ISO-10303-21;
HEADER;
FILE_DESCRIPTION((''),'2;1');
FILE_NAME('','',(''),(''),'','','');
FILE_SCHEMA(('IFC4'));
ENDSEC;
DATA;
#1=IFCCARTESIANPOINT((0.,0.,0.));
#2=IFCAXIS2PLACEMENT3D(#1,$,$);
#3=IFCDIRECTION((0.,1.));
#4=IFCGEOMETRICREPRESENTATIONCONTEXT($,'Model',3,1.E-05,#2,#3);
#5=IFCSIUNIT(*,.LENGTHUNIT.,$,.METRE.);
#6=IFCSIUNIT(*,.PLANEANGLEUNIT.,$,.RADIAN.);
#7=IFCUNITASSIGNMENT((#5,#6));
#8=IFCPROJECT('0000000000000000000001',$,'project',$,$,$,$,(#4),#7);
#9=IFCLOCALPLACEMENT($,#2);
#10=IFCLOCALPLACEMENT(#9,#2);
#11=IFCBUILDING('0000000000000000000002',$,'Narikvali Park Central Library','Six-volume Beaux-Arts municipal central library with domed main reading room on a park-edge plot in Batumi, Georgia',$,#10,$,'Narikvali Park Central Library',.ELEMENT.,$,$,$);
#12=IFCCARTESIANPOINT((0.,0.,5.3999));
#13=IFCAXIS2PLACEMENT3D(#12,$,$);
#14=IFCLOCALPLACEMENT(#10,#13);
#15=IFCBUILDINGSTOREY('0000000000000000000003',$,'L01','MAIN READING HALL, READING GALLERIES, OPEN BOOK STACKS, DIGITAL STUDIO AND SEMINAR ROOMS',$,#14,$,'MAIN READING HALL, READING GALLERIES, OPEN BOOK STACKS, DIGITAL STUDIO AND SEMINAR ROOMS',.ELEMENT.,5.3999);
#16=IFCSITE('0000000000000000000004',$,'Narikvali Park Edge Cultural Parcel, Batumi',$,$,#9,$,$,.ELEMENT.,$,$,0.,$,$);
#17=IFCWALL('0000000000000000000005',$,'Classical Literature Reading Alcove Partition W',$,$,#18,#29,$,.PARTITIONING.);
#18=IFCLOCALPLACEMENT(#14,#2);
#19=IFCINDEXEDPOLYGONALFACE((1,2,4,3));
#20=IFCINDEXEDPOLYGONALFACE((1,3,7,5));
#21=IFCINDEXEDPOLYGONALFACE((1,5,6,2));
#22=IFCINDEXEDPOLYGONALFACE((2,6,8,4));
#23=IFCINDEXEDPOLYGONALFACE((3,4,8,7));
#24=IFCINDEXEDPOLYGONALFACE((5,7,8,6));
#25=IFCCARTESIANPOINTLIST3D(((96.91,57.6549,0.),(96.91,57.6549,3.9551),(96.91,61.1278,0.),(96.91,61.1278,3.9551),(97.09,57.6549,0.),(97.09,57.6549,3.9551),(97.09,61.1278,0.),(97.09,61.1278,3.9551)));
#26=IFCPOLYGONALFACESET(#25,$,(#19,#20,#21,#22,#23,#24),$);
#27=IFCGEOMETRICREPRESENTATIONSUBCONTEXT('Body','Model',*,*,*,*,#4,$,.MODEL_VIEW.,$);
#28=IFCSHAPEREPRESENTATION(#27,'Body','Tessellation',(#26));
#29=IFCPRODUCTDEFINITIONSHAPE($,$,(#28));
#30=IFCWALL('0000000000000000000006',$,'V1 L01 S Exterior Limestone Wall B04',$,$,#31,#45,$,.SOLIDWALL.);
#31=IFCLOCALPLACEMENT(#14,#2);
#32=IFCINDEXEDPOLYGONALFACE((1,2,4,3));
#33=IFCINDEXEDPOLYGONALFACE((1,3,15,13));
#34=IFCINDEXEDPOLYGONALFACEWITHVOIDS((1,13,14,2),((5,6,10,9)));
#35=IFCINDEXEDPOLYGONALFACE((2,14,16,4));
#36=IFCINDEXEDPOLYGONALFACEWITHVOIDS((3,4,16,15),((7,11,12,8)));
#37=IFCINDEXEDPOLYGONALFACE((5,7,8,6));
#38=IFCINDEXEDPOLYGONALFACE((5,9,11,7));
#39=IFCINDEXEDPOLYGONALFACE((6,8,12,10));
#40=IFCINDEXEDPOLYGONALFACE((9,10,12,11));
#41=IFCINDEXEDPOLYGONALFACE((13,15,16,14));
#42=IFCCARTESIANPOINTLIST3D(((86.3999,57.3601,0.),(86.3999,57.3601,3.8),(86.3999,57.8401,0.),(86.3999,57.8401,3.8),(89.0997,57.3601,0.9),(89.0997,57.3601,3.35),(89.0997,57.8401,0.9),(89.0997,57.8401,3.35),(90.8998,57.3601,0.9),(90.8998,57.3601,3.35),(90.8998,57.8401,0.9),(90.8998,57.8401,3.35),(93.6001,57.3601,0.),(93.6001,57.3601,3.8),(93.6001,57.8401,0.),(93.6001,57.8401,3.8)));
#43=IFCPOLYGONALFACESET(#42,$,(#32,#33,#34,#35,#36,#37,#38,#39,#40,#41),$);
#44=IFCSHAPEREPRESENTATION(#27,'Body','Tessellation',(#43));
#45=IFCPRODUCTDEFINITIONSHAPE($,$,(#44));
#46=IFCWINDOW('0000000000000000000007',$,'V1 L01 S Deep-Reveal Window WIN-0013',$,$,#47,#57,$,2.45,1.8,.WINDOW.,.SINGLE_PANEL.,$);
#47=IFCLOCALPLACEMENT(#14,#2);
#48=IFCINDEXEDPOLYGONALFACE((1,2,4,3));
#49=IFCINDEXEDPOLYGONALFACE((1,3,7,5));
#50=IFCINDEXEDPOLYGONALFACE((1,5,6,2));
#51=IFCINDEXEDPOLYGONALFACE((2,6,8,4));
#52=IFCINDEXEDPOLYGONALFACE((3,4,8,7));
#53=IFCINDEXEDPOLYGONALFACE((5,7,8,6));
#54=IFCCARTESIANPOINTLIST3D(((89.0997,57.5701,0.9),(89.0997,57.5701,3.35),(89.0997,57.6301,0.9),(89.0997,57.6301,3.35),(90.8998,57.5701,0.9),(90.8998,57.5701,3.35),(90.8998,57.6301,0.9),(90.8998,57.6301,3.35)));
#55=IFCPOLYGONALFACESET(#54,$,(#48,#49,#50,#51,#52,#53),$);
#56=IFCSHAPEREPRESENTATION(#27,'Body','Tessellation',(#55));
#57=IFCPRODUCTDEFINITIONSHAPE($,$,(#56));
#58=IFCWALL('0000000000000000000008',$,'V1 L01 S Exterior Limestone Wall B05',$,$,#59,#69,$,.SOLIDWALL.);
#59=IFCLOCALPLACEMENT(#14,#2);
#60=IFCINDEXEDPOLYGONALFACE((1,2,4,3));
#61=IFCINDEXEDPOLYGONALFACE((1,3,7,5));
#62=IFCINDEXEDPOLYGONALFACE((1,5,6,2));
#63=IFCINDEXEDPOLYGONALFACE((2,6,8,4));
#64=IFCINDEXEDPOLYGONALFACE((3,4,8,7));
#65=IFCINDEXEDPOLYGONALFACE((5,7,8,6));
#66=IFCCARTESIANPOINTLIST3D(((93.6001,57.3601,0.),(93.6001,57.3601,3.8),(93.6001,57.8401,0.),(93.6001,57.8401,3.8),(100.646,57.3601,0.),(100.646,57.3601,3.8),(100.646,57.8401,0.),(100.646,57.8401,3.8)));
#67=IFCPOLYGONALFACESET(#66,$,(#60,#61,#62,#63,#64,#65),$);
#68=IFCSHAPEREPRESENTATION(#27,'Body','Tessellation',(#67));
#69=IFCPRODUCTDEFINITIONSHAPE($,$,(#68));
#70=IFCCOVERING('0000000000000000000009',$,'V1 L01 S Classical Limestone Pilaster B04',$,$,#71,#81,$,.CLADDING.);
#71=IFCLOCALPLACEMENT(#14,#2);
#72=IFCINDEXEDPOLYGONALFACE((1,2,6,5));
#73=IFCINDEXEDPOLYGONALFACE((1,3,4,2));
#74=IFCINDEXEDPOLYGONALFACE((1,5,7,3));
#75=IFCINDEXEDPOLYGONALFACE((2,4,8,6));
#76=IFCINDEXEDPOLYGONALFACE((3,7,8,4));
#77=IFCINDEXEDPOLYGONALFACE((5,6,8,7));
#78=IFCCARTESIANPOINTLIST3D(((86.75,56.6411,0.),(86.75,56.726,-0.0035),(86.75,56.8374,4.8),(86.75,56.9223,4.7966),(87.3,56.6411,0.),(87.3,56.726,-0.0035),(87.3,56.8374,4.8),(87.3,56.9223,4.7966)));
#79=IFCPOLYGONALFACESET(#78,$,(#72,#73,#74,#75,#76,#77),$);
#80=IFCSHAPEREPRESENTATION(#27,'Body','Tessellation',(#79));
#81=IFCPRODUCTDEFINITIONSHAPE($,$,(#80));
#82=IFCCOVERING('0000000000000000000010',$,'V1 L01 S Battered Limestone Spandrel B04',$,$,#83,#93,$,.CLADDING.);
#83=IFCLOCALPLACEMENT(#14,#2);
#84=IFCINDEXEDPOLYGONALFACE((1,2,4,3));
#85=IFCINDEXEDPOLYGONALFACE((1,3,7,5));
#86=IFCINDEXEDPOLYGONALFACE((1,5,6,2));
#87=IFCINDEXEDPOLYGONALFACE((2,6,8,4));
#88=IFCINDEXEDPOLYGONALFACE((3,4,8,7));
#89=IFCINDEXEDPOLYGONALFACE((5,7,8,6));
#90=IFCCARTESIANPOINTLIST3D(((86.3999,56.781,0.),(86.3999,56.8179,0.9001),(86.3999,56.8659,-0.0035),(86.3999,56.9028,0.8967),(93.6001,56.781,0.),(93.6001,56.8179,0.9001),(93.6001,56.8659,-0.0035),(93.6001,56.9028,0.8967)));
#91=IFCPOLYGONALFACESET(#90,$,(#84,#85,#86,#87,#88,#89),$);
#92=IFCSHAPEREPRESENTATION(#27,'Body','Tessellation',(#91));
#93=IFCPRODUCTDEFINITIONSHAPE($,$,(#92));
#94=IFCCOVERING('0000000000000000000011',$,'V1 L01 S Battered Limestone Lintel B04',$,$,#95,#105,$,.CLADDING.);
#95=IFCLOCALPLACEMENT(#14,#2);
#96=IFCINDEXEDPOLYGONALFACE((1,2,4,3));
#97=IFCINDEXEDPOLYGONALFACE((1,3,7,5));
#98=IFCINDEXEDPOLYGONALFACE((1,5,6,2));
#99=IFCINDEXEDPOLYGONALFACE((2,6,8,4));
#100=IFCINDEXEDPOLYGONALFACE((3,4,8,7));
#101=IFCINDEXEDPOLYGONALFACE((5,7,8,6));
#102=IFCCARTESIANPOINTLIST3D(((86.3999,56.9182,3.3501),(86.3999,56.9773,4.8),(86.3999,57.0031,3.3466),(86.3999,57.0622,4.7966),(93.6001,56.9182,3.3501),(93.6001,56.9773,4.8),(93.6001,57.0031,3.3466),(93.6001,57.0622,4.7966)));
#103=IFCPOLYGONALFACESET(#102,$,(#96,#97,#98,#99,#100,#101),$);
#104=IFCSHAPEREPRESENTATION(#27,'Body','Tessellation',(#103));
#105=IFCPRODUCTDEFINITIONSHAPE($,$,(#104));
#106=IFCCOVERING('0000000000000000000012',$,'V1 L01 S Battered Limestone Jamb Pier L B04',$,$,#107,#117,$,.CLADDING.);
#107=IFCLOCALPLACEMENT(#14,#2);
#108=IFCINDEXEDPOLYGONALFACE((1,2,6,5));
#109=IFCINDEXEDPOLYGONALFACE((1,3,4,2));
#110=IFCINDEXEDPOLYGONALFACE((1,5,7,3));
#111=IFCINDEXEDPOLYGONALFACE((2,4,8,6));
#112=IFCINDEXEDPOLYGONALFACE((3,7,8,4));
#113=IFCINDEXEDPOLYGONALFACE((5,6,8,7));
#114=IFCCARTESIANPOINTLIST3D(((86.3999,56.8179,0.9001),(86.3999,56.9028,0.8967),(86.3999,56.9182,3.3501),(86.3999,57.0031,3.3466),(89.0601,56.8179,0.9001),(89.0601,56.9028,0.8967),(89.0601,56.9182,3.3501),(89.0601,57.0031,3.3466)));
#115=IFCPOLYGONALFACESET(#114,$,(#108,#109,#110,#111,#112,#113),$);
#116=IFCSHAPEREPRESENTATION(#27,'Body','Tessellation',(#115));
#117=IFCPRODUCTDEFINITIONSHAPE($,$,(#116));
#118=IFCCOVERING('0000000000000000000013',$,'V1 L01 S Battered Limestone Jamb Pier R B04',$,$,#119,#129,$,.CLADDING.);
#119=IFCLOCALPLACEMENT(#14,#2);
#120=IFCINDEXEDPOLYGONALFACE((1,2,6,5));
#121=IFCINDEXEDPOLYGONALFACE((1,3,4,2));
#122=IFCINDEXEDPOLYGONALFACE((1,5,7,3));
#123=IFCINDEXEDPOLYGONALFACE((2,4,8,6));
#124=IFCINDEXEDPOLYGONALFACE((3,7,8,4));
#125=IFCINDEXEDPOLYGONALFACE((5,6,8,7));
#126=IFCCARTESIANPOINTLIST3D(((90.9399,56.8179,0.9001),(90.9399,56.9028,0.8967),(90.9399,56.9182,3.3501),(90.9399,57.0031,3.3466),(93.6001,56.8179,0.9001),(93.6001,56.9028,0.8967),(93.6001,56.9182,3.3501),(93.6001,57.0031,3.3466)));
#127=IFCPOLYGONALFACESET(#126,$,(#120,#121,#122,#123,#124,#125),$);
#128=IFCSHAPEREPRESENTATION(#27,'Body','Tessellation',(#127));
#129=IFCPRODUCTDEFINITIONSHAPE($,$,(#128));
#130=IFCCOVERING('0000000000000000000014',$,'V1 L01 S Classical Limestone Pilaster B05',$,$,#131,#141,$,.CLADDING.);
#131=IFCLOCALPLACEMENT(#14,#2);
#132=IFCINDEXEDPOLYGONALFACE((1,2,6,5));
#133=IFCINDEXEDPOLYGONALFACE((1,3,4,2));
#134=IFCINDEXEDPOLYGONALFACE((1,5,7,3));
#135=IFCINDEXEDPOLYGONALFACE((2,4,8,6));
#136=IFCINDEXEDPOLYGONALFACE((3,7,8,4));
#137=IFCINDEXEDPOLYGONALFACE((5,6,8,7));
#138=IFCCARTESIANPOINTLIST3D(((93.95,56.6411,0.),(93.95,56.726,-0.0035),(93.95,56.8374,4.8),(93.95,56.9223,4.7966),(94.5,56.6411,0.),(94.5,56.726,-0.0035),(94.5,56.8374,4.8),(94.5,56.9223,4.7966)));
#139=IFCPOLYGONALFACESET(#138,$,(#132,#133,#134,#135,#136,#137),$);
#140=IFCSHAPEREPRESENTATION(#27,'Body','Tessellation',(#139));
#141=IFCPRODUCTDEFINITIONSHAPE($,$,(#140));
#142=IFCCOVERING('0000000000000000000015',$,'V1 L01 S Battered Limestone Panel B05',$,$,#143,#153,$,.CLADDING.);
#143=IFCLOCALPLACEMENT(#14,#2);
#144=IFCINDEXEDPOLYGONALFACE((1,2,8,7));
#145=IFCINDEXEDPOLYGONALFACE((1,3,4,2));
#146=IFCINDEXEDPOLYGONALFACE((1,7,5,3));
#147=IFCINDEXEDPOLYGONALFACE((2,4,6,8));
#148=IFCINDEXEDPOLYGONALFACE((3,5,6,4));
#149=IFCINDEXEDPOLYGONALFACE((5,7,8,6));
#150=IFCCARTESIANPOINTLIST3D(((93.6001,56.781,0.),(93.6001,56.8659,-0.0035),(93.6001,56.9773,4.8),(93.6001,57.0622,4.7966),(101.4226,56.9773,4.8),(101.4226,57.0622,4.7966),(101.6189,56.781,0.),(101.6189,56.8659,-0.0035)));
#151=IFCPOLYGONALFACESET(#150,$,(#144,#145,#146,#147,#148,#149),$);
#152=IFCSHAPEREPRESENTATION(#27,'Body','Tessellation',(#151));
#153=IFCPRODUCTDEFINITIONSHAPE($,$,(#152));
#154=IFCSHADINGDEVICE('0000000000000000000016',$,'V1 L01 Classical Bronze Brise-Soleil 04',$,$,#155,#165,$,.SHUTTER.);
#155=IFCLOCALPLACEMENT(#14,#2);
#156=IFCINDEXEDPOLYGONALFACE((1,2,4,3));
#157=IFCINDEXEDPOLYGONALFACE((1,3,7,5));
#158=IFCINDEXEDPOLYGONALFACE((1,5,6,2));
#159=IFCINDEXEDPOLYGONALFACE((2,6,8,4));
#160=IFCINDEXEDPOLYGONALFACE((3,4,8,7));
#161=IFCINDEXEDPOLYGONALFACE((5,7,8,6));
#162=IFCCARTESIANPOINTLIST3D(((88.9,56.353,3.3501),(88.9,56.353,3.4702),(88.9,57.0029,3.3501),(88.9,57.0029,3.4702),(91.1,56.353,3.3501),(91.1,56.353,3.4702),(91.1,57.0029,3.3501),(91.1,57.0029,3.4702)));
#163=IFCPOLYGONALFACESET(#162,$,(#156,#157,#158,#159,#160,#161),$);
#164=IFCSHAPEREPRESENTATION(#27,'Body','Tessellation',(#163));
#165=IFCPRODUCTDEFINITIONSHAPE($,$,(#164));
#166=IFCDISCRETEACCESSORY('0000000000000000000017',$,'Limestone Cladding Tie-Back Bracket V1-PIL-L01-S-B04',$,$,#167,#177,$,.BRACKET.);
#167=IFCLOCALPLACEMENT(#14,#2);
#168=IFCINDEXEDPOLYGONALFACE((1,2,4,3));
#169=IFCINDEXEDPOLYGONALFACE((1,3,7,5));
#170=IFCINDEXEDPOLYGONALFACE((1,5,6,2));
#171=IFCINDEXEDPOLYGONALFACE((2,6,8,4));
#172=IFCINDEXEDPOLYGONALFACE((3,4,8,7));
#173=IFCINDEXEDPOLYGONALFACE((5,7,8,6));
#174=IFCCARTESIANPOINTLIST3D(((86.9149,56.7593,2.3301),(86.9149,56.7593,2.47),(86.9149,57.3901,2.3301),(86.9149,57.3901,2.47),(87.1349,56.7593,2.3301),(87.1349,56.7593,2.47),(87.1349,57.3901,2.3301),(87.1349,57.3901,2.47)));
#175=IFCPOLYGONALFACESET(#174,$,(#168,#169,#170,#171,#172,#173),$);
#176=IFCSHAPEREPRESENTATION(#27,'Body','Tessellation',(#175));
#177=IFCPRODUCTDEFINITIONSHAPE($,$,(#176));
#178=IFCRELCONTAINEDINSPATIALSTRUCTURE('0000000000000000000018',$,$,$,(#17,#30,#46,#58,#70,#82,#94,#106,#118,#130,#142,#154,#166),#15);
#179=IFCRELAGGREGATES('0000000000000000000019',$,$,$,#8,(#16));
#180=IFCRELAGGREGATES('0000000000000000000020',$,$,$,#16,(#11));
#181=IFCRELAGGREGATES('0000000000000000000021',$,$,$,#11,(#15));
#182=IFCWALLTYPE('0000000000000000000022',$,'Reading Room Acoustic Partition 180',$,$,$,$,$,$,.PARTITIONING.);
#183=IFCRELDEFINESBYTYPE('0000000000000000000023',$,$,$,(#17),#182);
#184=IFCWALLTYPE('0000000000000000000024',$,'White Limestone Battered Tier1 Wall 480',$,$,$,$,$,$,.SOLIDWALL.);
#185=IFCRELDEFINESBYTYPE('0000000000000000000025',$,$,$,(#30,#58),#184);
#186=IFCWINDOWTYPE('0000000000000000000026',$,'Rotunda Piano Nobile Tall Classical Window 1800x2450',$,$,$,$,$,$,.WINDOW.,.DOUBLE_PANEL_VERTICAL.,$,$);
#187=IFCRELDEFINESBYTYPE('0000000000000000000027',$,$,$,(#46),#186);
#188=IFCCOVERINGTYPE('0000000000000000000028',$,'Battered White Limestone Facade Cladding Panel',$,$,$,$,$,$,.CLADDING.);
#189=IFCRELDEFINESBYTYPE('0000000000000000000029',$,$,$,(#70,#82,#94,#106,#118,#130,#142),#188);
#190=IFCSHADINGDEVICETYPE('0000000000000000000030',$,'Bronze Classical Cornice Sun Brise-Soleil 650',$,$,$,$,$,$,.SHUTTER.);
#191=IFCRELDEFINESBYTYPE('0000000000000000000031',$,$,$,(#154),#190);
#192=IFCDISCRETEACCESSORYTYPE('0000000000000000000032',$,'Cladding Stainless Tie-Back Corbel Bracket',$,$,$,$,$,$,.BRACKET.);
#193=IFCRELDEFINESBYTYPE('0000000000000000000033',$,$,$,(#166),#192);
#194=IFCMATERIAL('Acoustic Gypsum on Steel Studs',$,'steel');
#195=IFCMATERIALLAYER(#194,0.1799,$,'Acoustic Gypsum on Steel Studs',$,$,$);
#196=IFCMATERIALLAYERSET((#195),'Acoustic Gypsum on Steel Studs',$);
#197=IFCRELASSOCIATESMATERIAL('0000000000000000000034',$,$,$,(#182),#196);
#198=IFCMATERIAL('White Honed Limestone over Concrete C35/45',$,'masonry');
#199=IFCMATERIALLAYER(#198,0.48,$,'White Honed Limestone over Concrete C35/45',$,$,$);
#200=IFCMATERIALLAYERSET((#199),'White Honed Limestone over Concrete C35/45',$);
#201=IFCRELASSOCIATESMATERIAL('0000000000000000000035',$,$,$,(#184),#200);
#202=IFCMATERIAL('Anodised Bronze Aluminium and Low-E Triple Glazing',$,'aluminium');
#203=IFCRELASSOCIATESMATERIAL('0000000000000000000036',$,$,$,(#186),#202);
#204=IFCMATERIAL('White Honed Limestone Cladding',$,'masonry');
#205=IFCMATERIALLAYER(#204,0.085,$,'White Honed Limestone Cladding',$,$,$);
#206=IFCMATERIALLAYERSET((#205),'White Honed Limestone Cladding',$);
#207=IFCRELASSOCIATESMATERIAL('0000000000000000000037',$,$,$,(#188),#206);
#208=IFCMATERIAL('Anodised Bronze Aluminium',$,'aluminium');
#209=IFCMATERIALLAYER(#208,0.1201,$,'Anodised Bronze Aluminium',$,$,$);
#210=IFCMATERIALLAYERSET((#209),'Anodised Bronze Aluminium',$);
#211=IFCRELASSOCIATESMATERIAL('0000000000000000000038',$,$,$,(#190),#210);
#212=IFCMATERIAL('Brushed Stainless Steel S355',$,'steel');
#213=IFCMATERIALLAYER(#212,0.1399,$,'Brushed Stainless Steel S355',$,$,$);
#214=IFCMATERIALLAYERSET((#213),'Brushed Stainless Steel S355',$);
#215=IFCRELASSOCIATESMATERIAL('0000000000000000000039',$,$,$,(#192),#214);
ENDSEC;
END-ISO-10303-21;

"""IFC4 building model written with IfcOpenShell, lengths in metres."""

from ifc_helpers import new_model, si_unit, direction, frame, frame_2d, origin, origin_2d, place, context, subcontext, project, spatial, polyline, rectangle, outline, extrude, material, layer, layer_set, type_object, element, fill, save


model = new_model("IFC4")

# Units and contexts
model_context = context("Model", 3, precision=1e-05, world=origin(), true_north=direction((0.0, 1.0)))
body_context = subcontext(model_context, "Body", "Model", "MODEL_VIEW")
ifc_project = project(units=[si_unit("LENGTHUNIT", "METRE"), si_unit("PLANEANGLEUNIT", "RADIAN")], contexts=[model_context])

# Site, building, storey
site_placement = place(None, origin())
site = spatial("IfcSite", under=ifc_project, at=site_placement, Name="Narikvali Park Edge Cultural Parcel, Batumi", CompositionType="ELEMENT", RefElevation=0.0)
building_placement = place(site_placement, origin())
building = spatial("IfcBuilding", under=site, at=building_placement, Name="Narikvali Park Central Library", Description="Six-volume Beaux-Arts municipal central library with domed main reading room on a park-edge plot in Batumi, Georgia", LongName="Narikvali Park Central Library", CompositionType="ELEMENT")
storey_placement = place(building_placement, frame((0.0, 0.0, 5.3999)))
storey = spatial("IfcBuildingStorey", under=building, at=storey_placement, Name="L01", Description="MAIN READING HALL, READING GALLERIES, OPEN BOOK STACKS, DIGITAL STUDIO AND SEMINAR ROOMS", LongName="MAIN READING HALL, READING GALLERIES, OPEN BOOK STACKS, DIGITAL STUDIO AND SEMINAR ROOMS", CompositionType="ELEMENT", Elevation=5.3999)

# Wall
ifc_material_1 = material(Name="Acoustic Gypsum on Steel Studs", Category="steel")
ifc_layer_1 = layer(ifc_material_1, 0.1799, Name="Acoustic Gypsum on Steel Studs")
ifc_layer_set_1 = layer_set([ifc_layer_1], Name="Acoustic Gypsum on Steel Studs")
wall_type_1 = type_object("IfcWallType", Name="Reading Room Acoustic Partition 180", PredefinedType="PARTITIONING", material=ifc_layer_set_1)
wall_1_placement = place(storey_placement, frame((97.0, 57.655, 0.0), z_axis=(0.0, 0.0, 1.0), x_axis=(0.0, 1.0, 0.0)))
element("IfcWall", 1, at=wall_1_placement, inside=storey, type_object=wall_type_1, Name="Classical Literature Reading Alcove Partition W", PredefinedType="PARTITIONING", context=body_context, shape_type="SweptSolid", body=[
    extrude(rectangle(XDim=3.4729, YDim=0.1799, at=frame_2d((1.7363, 0.0))), origin(), (0.0, 0.0, 1.0), 3.9551),
])

# Wall, opening, window
ifc_material_2 = material(Name="White Honed Limestone over Concrete C35/45", Category="masonry")
ifc_layer_2 = layer(ifc_material_2, 0.48, Name="White Honed Limestone over Concrete C35/45")
ifc_layer_set_2 = layer_set([ifc_layer_2], Name="White Honed Limestone over Concrete C35/45")
wall_type_2 = type_object("IfcWallType", Name="White Limestone Battered Tier1 Wall 480", PredefinedType="SOLIDWALL", material=ifc_layer_set_2)
wall_2_placement = place(storey_placement, frame((86.3999, 57.6001, 0.0), z_axis=(0.0, 0.0, 1.0), x_axis=(1.0, 0.0, 0.0)))
wall_2 = element("IfcWall", 2, at=wall_2_placement, inside=storey, type_object=wall_type_2, Name="V1 L01 S Exterior Limestone Wall B04", PredefinedType="SOLIDWALL", context=body_context, shape_type="SweptSolid", body=[
    extrude(rectangle(XDim=7.2002, YDim=0.48, at=frame_2d((3.6001, 0.0))), origin(), (0.0, 0.0, 1.0), 3.8),
])
opening_placement = place(wall_2_placement, frame((2.7, 0.0, 0.8999)))
opening = element("IfcOpeningElement", 3, at=opening_placement, cuts=wall_2, PredefinedType="OPENING", context=body_context, shape_type="SweptSolid", body=[
    extrude(rectangle(XDim=1.8, YDim=2.45, at=frame_2d((0.8999, 1.2251))), frame((0.0, 0.252, 0.0), z_axis=(0.0, -1.0, 0.0), x_axis=(1.0, 0.0, 0.0)), (0.0, 0.0, 1.0), 0.5039),
])
ifc_material_3 = material(Name="Anodised Bronze Aluminium and Low-E Triple Glazing", Category="aluminium")
window_type = type_object("IfcWindowType", Name="Rotunda Piano Nobile Tall Classical Window 1800x2450", PartitioningType="DOUBLE_PANEL_VERTICAL", PredefinedType="WINDOW", material=ifc_material_3)
window_placement = place(opening_placement, origin())
window = element("IfcWindow", 4, at=window_placement, inside=storey, type_object=window_type, Name="V1 L01 S Deep-Reveal Window WIN-0013", OverallHeight=2.45, OverallWidth=1.8, PartitioningType="SINGLE_PANEL", PredefinedType="WINDOW", context=body_context, shape_type="SweptSolid", body=[
    extrude(rectangle(XDim=1.8, YDim=2.45, at=frame_2d((0.8999, 1.2251))), frame((0.0, 0.03, 0.0), z_axis=(0.0, -1.0, 0.0), x_axis=(1.0, 0.0, 0.0)), (0.0, 0.0, 1.0), 0.0601),
])
fill(opening, window)

# Wall
wall_3_placement = place(storey_placement, frame((93.6001, 57.6001, 0.0), z_axis=(0.0, 0.0, 1.0), x_axis=(1.0, 0.0, 0.0)))
element("IfcWall", 5, at=wall_3_placement, inside=storey, type_object=wall_type_2, Name="V1 L01 S Exterior Limestone Wall B05", PredefinedType="SOLIDWALL", context=body_context, shape_type="SweptSolid", body=[
    extrude(rectangle(XDim=7.0459, YDim=0.48, at=frame_2d((3.5229, 0.0))), origin(), (0.0, 0.0, 1.0), 3.8),
])

# Coverings
ifc_material_4 = material(Name="White Honed Limestone Cladding", Category="masonry")
ifc_layer_3 = layer(ifc_material_4, 0.085, Name="White Honed Limestone Cladding")
ifc_layer_set_3 = layer_set([ifc_layer_3], Name="White Honed Limestone Cladding")
covering_type = type_object("IfcCoveringType", Name="Battered White Limestone Facade Cladding Panel", PredefinedType="CLADDING", material=ifc_layer_set_3)
covering_1_placement = place(storey_placement, frame((86.75, 56.6411, 0.0), z_axis=(0.0, -0.999165, 0.040859), x_axis=(1.0, 0.0, 0.0)))
element("IfcCovering", 6, at=covering_1_placement, inside=storey, type_object=covering_type, Name="V1 L01 S Classical Limestone Pilaster B04", PredefinedType="CLADDING", context=body_context, shape_type="SweptSolid", body=[
    extrude(outline(polyline([(0.0, 0.0), (0.55, 0.0), (0.55, 4.8041), (0.0, 4.8041), (0.0, 0.0)])), origin(), (0.0, 0.0, -1.0), 0.085),
])
covering_2_placement = place(storey_placement, frame((86.3999, 56.781, 0.0), z_axis=(0.0, -0.999162, 0.04092), x_axis=(1.0, 0.0, 0.0)))
element("IfcCovering", 7, at=covering_2_placement, inside=storey, type_object=covering_type, Name="V1 L01 S Battered Limestone Spandrel B04", PredefinedType="CLADDING", context=body_context, shape_type="SweptSolid", body=[
    extrude(outline(polyline([(0.0, 0.0), (7.2002, 0.0), (7.2002, 0.9009), (0.0, 0.9009), (0.0, 0.0)])), origin(), (0.0, 0.0, -1.0), 0.085),
])
covering_3_placement = place(storey_placement, frame((86.3999, 56.9182, 3.3501), z_axis=(0.0, -0.999171, 0.040714), x_axis=(1.0, 0.0, 0.0)))
element("IfcCovering", 8, at=covering_3_placement, inside=storey, type_object=covering_type, Name="V1 L01 S Battered Limestone Lintel B04", PredefinedType="CLADDING", context=body_context, shape_type="SweptSolid", body=[
    extrude(outline(polyline([(0.0, 0.0), (7.2002, 0.0), (7.2002, 1.4512), (0.0, 1.4512), (0.0, 0.0)])), origin(), (0.0, 0.0, -1.0), 0.085),
])
for number, where, z_axis, x_axis, name in (
    (9, (86.3999, 56.8179, 0.9001), (0.0, -0.999162, 0.040922), (1.0, 0.0, 0.0), "V1 L01 S Battered Limestone Jamb Pier L B04"),
    (10, (90.9399, 56.8179, 0.9001), (0.0, -0.999162, 0.040922), (1.0, 0.0, 0.0), "V1 L01 S Battered Limestone Jamb Pier R B04"),
):
    element("IfcCovering", number, at=place(storey_placement, frame(where, z_axis=z_axis, x_axis=x_axis)), inside=storey, type_object=covering_type, Name=name, PredefinedType="CLADDING", context=body_context, shape_type="SweptSolid", body=[
        extrude(outline(polyline([(0.0, 0.0), (2.6602, 0.0), (2.6602, 2.452), (0.0, 2.452), (0.0, 0.0)])), origin(), (0.0, 0.0, -1.0), 0.085),
    ])
covering_4_placement = place(storey_placement, frame((93.95, 56.6411, 0.0), z_axis=(0.0, -0.999165, 0.040859), x_axis=(1.0, 0.0, 0.0)))
element("IfcCovering", 11, at=covering_4_placement, inside=storey, type_object=covering_type, Name="V1 L01 S Classical Limestone Pilaster B05", PredefinedType="CLADDING", context=body_context, shape_type="SweptSolid", body=[
    extrude(outline(polyline([(0.0, 0.0), (0.55, 0.0), (0.55, 4.8041), (0.0, 4.8041), (0.0, 0.0)])), origin(), (0.0, 0.0, -1.0), 0.085),
])
covering_5_placement = place(storey_placement, frame((93.6001, 56.781, 0.0), z_axis=(0.0, -0.999165, 0.040859), x_axis=(1.0, 0.0, 0.0)))
element("IfcCovering", 12, at=covering_5_placement, inside=storey, type_object=covering_type, Name="V1 L01 S Battered Limestone Panel B05", PredefinedType="CLADDING", context=body_context, shape_type="SweptSolid", body=[
    extrude(outline(polyline([(0.0, 0.0), (8.0188, 0.0), (7.8225, 4.8041), (0.0, 4.8041), (0.0, 0.0)])), origin(), (0.0, 0.0, -1.0), 0.085),
])

# Shading device
ifc_material_5 = material(Name="Anodised Bronze Aluminium", Category="aluminium")
ifc_layer_4 = layer(ifc_material_5, 0.1201, Name="Anodised Bronze Aluminium")
ifc_layer_set_4 = layer_set([ifc_layer_4], Name="Anodised Bronze Aluminium")
shading_device_type = type_object("IfcShadingDeviceType", Name="Bronze Classical Cornice Sun Brise-Soleil 650", PredefinedType="SHUTTER", material=ifc_layer_set_4)
shading_device_placement = place(storey_placement, frame((90.0, 56.678, 3.3501), z_axis=(0.0, 0.0, 1.0), x_axis=(1.0, 0.0, 0.0)))
element("IfcShadingDevice", 13, at=shading_device_placement, inside=storey, type_object=shading_device_type, Name="V1 L01 Classical Bronze Brise-Soleil 04", PredefinedType="SHUTTER", context=body_context, shape_type="SweptSolid", body=[
    extrude(rectangle(XDim=2.2, YDim=0.6499, at=origin_2d()), origin(), (0.0, 0.0, 1.0), 0.1201),
])

# Discrete accessory
ifc_material_6 = material(Name="Brushed Stainless Steel S355", Category="steel")
ifc_layer_5 = layer(ifc_material_6, 0.1399, Name="Brushed Stainless Steel S355")
ifc_layer_set_5 = layer_set([ifc_layer_5], Name="Brushed Stainless Steel S355")
discrete_accessory_type = type_object("IfcDiscreteAccessoryType", Name="Cladding Stainless Tie-Back Corbel Bracket", PredefinedType="BRACKET", material=ifc_layer_set_5)
discrete_accessory_1_placement = place(storey_placement, frame((87.0249, 57.0747, 2.3301), z_axis=(0.0, 0.0, 1.0), x_axis=(1.0, 0.0, 0.0)))
element("IfcDiscreteAccessory", 14, at=discrete_accessory_1_placement, inside=storey, type_object=discrete_accessory_type, Name="Limestone Cladding Tie-Back Bracket V1-PIL-L01-S-B04", PredefinedType="BRACKET", context=body_context, shape_type="SweptSolid", body=[
    extrude(rectangle(XDim=0.22, YDim=0.6309, at=origin_2d()), origin(), (0.0, 0.0, 1.0), 0.1399),
])

save(model, "model.ifc")
